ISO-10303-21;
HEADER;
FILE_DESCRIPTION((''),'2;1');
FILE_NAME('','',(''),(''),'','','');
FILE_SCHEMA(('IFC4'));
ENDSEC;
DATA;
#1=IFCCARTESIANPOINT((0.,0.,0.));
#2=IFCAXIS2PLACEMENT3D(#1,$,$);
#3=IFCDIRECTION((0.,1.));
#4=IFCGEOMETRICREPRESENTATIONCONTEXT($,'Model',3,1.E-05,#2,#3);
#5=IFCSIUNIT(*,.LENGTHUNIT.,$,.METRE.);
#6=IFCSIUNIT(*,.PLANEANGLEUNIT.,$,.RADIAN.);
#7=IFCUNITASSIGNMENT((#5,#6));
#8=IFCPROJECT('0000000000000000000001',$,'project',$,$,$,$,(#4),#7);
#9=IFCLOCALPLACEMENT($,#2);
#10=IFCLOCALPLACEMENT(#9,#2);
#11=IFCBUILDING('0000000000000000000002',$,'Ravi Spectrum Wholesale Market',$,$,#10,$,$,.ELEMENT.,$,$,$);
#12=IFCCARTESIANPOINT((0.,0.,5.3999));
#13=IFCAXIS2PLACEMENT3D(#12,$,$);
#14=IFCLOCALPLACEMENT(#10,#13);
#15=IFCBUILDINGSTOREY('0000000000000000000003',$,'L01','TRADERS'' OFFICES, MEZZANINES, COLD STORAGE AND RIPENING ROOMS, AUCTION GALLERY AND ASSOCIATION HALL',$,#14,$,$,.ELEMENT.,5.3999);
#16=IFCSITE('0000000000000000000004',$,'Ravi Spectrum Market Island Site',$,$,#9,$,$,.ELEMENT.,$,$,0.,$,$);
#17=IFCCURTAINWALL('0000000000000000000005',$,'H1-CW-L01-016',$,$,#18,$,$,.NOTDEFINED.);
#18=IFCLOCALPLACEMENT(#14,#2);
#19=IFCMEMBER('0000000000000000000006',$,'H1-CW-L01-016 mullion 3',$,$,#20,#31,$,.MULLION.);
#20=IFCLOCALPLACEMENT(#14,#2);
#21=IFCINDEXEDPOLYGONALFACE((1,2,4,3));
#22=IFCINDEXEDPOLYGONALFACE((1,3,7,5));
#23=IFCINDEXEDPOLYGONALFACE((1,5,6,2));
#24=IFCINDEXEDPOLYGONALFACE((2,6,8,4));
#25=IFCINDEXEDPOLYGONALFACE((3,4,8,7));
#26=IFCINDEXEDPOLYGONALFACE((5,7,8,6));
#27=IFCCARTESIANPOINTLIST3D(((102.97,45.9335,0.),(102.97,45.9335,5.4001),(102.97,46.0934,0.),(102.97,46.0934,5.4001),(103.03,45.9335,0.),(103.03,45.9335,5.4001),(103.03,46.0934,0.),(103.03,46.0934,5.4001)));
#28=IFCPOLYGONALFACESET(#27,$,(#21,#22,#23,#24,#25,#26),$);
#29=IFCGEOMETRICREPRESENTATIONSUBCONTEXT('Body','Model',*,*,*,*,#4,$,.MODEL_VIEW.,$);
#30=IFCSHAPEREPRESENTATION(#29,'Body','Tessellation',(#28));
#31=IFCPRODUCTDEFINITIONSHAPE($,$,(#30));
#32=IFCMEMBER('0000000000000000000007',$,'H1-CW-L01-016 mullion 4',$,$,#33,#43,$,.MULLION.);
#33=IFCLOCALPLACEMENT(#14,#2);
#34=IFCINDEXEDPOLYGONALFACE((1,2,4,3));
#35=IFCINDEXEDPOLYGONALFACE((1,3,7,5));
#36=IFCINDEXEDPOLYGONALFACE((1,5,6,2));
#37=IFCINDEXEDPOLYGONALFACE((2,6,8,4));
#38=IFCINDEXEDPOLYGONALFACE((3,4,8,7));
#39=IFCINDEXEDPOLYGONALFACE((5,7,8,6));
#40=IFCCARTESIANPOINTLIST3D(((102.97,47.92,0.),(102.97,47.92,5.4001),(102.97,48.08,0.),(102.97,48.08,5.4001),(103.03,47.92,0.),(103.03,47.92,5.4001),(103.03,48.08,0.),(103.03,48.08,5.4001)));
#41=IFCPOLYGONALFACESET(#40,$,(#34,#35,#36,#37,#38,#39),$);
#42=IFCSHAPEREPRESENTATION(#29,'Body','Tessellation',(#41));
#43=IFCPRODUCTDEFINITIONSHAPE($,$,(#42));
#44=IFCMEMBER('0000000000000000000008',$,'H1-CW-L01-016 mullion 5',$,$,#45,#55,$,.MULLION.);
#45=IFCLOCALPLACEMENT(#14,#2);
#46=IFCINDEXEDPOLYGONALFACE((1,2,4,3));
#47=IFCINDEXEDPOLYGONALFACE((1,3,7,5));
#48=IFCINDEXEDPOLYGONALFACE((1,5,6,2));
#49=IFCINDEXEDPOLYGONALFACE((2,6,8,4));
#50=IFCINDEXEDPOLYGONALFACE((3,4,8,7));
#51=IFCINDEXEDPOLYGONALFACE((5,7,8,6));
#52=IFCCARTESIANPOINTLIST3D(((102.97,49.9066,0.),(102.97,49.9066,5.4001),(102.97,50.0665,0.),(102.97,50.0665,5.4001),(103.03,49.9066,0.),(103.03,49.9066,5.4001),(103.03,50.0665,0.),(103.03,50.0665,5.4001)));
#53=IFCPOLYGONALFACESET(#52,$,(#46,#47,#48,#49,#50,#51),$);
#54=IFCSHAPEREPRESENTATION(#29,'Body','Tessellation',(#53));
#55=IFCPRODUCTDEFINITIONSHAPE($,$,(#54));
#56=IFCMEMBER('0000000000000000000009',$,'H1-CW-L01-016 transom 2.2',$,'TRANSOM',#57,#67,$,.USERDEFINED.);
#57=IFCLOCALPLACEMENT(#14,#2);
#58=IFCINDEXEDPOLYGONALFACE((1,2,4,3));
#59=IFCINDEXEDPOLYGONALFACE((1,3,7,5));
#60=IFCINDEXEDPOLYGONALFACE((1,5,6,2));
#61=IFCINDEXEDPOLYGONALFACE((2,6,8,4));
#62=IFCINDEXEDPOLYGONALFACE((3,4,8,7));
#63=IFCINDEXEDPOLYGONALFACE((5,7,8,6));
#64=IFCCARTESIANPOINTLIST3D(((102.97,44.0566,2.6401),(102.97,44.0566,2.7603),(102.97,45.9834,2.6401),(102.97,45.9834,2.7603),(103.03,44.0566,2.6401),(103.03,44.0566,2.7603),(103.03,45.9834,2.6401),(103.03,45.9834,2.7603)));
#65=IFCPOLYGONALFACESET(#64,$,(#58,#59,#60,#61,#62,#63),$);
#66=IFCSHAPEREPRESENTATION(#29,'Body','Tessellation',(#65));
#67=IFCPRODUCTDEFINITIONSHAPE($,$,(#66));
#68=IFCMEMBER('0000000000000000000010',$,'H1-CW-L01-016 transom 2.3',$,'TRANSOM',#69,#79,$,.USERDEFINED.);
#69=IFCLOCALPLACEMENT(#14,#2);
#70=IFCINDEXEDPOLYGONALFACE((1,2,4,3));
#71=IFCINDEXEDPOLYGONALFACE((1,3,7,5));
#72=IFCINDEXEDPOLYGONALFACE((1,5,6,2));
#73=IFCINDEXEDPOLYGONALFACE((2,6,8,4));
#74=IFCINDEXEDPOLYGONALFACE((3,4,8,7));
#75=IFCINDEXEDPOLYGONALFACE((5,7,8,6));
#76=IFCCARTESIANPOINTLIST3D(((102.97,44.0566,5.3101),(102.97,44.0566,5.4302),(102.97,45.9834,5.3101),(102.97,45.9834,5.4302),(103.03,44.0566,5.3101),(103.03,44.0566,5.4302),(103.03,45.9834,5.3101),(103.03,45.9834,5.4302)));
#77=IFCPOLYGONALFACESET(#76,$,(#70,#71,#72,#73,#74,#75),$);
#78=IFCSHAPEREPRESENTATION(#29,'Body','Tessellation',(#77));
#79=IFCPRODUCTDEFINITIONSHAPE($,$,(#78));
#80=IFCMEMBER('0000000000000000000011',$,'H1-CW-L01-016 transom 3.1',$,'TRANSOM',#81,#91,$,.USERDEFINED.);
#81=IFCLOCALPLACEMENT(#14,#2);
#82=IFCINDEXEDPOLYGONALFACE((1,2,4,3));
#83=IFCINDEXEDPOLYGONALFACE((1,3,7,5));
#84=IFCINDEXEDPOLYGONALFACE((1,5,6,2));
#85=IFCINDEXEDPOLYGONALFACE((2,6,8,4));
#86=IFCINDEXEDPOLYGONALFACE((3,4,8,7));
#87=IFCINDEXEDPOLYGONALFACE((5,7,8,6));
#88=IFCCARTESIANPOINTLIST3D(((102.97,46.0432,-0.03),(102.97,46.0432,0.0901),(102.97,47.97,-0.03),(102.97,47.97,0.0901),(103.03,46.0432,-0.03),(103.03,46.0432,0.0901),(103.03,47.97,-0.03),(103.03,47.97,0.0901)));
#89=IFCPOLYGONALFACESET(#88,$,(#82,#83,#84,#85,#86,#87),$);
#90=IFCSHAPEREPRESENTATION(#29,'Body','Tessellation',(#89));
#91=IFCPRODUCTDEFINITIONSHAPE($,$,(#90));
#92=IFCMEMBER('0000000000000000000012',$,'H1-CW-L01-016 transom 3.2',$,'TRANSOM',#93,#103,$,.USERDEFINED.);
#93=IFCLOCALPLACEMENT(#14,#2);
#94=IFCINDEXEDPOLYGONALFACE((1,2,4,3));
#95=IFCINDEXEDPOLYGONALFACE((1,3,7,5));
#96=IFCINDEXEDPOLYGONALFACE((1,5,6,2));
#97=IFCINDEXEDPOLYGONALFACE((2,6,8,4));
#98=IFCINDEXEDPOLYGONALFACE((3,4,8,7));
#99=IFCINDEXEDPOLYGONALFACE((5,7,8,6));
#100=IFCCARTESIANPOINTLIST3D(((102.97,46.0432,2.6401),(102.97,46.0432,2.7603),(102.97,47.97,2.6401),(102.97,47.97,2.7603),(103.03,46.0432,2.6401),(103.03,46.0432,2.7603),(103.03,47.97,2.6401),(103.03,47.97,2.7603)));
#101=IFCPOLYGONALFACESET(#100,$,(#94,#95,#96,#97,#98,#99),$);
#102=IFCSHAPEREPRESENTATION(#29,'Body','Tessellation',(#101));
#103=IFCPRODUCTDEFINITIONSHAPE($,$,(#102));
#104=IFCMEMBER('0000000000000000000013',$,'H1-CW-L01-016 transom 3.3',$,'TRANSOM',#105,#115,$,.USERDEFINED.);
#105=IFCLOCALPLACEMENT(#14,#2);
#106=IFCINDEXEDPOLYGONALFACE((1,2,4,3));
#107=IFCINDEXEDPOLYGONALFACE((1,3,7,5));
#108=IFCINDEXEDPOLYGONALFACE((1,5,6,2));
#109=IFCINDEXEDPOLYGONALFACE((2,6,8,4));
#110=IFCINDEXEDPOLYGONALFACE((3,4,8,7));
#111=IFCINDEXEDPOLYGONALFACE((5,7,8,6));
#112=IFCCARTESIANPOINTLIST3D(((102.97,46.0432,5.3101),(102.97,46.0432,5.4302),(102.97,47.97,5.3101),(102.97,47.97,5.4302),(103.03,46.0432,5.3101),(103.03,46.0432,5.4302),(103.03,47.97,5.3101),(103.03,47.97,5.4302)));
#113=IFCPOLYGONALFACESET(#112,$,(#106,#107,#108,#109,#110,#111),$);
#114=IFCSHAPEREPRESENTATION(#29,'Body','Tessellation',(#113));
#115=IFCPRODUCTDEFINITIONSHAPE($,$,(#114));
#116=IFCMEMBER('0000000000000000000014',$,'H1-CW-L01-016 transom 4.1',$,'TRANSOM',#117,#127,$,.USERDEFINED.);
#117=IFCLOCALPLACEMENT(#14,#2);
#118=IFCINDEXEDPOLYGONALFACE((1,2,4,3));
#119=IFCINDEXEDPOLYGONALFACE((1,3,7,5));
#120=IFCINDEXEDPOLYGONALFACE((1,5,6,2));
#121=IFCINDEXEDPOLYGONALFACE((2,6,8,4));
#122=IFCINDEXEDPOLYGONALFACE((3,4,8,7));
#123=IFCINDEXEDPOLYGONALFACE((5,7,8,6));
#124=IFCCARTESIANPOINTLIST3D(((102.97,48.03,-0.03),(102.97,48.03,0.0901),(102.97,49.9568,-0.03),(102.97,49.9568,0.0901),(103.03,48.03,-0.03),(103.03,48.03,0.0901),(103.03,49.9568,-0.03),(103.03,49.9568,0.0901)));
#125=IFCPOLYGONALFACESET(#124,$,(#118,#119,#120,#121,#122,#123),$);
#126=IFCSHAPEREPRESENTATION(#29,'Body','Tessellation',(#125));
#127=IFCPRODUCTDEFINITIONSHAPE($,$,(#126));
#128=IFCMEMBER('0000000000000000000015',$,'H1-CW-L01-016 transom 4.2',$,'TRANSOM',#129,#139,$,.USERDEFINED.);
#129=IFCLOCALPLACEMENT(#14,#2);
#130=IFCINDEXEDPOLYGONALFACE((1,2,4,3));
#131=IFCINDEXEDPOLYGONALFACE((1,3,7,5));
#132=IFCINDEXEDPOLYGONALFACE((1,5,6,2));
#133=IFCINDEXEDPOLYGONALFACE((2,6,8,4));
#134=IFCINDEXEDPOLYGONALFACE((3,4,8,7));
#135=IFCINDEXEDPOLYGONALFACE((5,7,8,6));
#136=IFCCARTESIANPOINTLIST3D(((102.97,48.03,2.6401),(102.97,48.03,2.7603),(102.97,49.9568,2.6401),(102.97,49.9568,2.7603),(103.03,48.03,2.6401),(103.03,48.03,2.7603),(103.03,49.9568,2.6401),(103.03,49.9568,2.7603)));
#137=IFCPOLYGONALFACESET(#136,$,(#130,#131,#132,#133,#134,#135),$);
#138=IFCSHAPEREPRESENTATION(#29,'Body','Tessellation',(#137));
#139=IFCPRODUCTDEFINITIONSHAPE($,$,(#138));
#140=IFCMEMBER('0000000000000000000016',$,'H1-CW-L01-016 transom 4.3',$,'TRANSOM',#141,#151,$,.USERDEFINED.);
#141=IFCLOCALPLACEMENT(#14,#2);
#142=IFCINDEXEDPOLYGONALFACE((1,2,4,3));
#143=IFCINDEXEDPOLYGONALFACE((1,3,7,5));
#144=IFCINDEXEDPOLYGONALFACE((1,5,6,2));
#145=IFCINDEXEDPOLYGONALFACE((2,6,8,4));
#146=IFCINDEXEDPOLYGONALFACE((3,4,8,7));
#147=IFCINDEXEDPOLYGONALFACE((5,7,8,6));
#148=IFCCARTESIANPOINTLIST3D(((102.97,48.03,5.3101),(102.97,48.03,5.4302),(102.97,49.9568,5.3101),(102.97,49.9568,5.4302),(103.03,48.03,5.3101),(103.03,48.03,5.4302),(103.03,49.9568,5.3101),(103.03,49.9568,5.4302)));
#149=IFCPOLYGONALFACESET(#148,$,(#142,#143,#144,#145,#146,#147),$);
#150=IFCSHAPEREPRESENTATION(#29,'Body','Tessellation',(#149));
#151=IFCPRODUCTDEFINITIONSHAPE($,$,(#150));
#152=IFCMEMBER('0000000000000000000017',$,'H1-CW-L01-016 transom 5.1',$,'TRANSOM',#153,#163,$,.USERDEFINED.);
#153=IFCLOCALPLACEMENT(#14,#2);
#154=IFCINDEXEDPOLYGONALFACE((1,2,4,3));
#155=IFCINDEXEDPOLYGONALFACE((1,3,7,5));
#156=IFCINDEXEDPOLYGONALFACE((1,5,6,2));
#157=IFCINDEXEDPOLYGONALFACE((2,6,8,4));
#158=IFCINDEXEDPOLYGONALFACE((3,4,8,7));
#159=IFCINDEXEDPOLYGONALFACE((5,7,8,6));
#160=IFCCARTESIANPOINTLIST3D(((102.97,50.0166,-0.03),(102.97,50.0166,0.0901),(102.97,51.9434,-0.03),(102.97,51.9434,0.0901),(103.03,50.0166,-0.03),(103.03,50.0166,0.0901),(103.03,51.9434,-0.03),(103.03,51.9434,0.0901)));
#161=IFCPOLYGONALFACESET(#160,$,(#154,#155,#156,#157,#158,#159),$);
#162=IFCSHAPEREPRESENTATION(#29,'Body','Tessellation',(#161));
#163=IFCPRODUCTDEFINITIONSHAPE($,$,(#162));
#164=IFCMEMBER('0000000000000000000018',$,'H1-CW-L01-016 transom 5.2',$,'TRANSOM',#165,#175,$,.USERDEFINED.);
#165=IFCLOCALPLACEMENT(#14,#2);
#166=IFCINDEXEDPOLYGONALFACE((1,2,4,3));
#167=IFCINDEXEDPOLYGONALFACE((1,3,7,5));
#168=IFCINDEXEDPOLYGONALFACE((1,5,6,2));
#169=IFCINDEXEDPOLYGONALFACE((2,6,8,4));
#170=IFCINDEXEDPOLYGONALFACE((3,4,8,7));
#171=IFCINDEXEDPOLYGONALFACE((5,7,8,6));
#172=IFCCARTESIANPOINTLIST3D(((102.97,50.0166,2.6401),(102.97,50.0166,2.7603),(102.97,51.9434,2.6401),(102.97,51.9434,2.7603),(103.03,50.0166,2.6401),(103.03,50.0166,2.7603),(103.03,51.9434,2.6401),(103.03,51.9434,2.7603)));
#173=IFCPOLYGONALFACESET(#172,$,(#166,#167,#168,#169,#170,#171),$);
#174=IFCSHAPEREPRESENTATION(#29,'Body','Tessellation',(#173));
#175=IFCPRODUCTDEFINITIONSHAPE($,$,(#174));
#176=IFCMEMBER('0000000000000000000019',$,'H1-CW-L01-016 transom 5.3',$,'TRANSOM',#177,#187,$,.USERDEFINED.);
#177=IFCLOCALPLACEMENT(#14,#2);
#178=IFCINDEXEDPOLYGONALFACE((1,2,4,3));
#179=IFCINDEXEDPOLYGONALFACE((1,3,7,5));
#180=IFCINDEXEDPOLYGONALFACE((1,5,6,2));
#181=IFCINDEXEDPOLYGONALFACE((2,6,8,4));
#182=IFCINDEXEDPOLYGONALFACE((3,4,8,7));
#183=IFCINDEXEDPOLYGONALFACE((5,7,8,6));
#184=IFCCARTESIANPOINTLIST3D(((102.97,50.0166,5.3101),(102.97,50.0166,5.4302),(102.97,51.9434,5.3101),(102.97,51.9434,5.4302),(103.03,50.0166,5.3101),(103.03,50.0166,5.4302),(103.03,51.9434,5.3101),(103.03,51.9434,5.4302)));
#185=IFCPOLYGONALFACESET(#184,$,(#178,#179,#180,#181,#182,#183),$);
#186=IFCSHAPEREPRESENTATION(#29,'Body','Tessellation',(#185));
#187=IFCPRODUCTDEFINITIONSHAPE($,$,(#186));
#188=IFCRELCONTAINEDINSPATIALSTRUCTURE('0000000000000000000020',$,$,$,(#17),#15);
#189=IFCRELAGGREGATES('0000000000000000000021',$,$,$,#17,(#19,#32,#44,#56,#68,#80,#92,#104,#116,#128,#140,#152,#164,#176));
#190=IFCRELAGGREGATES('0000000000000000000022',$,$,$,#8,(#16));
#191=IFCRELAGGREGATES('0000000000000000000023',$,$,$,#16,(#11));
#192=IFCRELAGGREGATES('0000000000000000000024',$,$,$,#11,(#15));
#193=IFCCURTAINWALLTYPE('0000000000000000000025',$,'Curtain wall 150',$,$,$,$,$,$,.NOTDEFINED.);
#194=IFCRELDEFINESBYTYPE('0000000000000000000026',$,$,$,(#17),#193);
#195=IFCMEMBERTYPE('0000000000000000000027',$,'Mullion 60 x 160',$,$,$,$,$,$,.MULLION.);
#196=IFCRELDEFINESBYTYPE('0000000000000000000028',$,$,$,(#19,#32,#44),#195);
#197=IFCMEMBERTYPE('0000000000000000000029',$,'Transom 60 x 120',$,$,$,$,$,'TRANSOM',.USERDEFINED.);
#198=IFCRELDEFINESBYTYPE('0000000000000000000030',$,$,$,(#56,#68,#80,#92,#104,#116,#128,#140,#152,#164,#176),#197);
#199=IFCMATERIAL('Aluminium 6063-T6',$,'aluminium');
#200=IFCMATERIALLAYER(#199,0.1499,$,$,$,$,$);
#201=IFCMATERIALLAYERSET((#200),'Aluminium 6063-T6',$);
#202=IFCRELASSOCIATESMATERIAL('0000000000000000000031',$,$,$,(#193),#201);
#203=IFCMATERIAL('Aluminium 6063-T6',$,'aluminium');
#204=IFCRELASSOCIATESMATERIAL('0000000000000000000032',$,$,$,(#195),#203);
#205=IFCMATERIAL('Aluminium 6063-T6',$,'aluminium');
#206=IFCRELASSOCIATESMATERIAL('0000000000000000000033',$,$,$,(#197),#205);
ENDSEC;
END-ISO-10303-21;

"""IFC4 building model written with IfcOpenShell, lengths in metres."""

from ifc_helpers import new_model, si_unit, direction, frame, origin, origin_2d, place, context, subcontext, project, spatial, rectangle, extrude, material, layer, layer_set, material_profile, profile_set, type_object, element, aggregate, save


model = new_model("IFC4")

# Units and contexts
model_context = context("Model", 3, precision=1e-05, world=origin(), true_north=direction((0.0, 1.0)))
body_context = subcontext(model_context, "Body", "Model", "MODEL_VIEW")
ifc_project = project(units=[si_unit("LENGTHUNIT", "METRE"), si_unit("PLANEANGLEUNIT", "RADIAN")], contexts=[model_context])

# Site, building, storey
site_placement = place(None, origin())
site = spatial("IfcSite", under=ifc_project, at=site_placement, Name="Ravi Spectrum Market Island Site", CompositionType="ELEMENT", RefElevation=0.0)
building_placement = place(site_placement, origin())
building = spatial("IfcBuilding", under=site, at=building_placement, Name="Ravi Spectrum Wholesale Market", CompositionType="ELEMENT")
storey_placement = place(building_placement, frame((0.0, 0.0, 5.3999)))
storey = spatial("IfcBuildingStorey", under=building, at=storey_placement, Name="L01", Description="TRADERS' OFFICES, MEZZANINES, COLD STORAGE AND RIPENING ROOMS, AUCTION GALLERY AND ASSOCIATION HALL", CompositionType="ELEMENT", Elevation=5.3999)

# Curtain wall, members
ifc_material_1 = material(Name="Aluminium 6063-T6", Category="aluminium")
ifc_layer_1 = layer(ifc_material_1, 0.1499)
ifc_layer_set_1 = layer_set([ifc_layer_1], Name="Aluminium 6063-T6")
curtain_wall_type = type_object("IfcCurtainWallType", Name="Curtain wall 150", PredefinedType="NOTDEFINED", material=ifc_layer_set_1)
curtain_wall_placement = place(storey_placement, origin())
curtain_wall = element("IfcCurtainWall", 1, at=curtain_wall_placement, inside=storey, type_object=curtain_wall_type, Name="H1-CW-L01-016", PredefinedType="NOTDEFINED")
ifc_material_2 = material(Name="Aluminium 6063-T6", Category="aluminium")
ifc_material_profile_1 = material_profile(ifc_material_2, rectangle(XDim=0.0601, YDim=0.1599, at=origin_2d()))
ifc_profile_set_1 = profile_set([ifc_material_profile_1], Name="Aluminium 6063-T6")
member_type_1 = type_object("IfcMemberType", Name="Mullion 60 x 160", PredefinedType="MULLION", material=ifc_profile_set_1)
member_1_placement = place(storey_placement, frame((103.0, 46.0134, 0.0), z_axis=(0.0, 0.0, 1.0), x_axis=(-1.0, 0.0, 0.0)))
member_1 = element("IfcMember", 2, at=member_1_placement, type_object=member_type_1, Name="H1-CW-L01-016 mullion 3", PredefinedType="MULLION", context=body_context, shape_type="SweptSolid", body=[
    extrude(rectangle(XDim=0.0601, YDim=0.1599, at=origin_2d()), origin(), (0.0, 0.0, 1.0), 5.4001),
])
member_2_placement = place(storey_placement, frame((103.0, 48.0, 0.0), z_axis=(0.0, 0.0, 1.0), x_axis=(-1.0, 0.0, 0.0)))
member_2 = element("IfcMember", 3, at=member_2_placement, type_object=member_type_1, Name="H1-CW-L01-016 mullion 4", PredefinedType="MULLION", context=body_context, shape_type="SweptSolid", body=[
    extrude(rectangle(XDim=0.0601, YDim=0.1599, at=origin_2d()), origin(), (0.0, 0.0, 1.0), 5.4001),
])
member_3_placement = place(storey_placement, frame((103.0, 49.9866, 0.0), z_axis=(0.0, 0.0, 1.0), x_axis=(-1.0, 0.0, 0.0)))
member_3 = element("IfcMember", 4, at=member_3_placement, type_object=member_type_1, Name="H1-CW-L01-016 mullion 5", PredefinedType="MULLION", context=body_context, shape_type="SweptSolid", body=[
    extrude(rectangle(XDim=0.0601, YDim=0.1599, at=origin_2d()), origin(), (0.0, 0.0, 1.0), 5.4001),
])
ifc_material_3 = material(Name="Aluminium 6063-T6", Category="aluminium")
ifc_material_profile_2 = material_profile(ifc_material_3, rectangle(XDim=0.0601, YDim=0.1201, at=origin_2d()))
ifc_profile_set_2 = profile_set([ifc_material_profile_2], Name="Aluminium 6063-T6")
member_type_2 = type_object("IfcMemberType", Name="Transom 60 x 120", ElementType="TRANSOM", PredefinedType="USERDEFINED", material=ifc_profile_set_2)
member_4_placement = place(storey_placement, frame((103.0, 44.0566, 2.7002), z_axis=(0.0, 1.0, 0.0), x_axis=(-1.0, 0.0, 0.0)))
member_4 = element("IfcMember", 5, at=member_4_placement, type_object=member_type_2, Name="H1-CW-L01-016 transom 2.2", ObjectType="TRANSOM", PredefinedType="USERDEFINED", context=body_context, shape_type="SweptSolid", body=[
    extrude(rectangle(XDim=0.0601, YDim=0.1201, at=origin_2d()), origin(), (0.0, 0.0, 1.0), 1.9268),
])
member_5_placement = place(storey_placement, frame((103.0, 44.0566, 5.3701), z_axis=(0.0, 1.0, 0.0), x_axis=(-1.0, 0.0, 0.0)))
member_5 = element("IfcMember", 6, at=member_5_placement, type_object=member_type_2, Name="H1-CW-L01-016 transom 2.3", ObjectType="TRANSOM", PredefinedType="USERDEFINED", context=body_context, shape_type="SweptSolid", body=[
    extrude(rectangle(XDim=0.0601, YDim=0.1201, at=origin_2d()), origin(), (0.0, 0.0, 1.0), 1.9268),
])
member_6_placement = place(storey_placement, frame((103.0, 46.0432, 0.03), z_axis=(0.0, 1.0, 0.0), x_axis=(-1.0, 0.0, 0.0)))
member_6 = element("IfcMember", 7, at=member_6_placement, type_object=member_type_2, Name="H1-CW-L01-016 transom 3.1", ObjectType="TRANSOM", PredefinedType="USERDEFINED", context=body_context, shape_type="SweptSolid", body=[
    extrude(rectangle(XDim=0.0601, YDim=0.1201, at=origin_2d()), origin(), (0.0, 0.0, 1.0), 1.9268),
])
member_7_placement = place(storey_placement, frame((103.0, 46.0432, 2.7002), z_axis=(0.0, 1.0, 0.0), x_axis=(-1.0, 0.0, 0.0)))
member_7 = element("IfcMember", 8, at=member_7_placement, type_object=member_type_2, Name="H1-CW-L01-016 transom 3.2", ObjectType="TRANSOM", PredefinedType="USERDEFINED", context=body_context, shape_type="SweptSolid", body=[
    extrude(rectangle(XDim=0.0601, YDim=0.1201, at=origin_2d()), origin(), (0.0, 0.0, 1.0), 1.9268),
])
member_8_placement = place(storey_placement, frame((103.0, 46.0432, 5.3701), z_axis=(0.0, 1.0, 0.0), x_axis=(-1.0, 0.0, 0.0)))
member_8 = element("IfcMember", 9, at=member_8_placement, type_object=member_type_2, Name="H1-CW-L01-016 transom 3.3", ObjectType="TRANSOM", PredefinedType="USERDEFINED", context=body_context, shape_type="SweptSolid", body=[
    extrude(rectangle(XDim=0.0601, YDim=0.1201, at=origin_2d()), origin(), (0.0, 0.0, 1.0), 1.9268),
])
member_9_placement = place(storey_placement, frame((103.0, 48.03, 0.03), z_axis=(0.0, 1.0, 0.0), x_axis=(-1.0, 0.0, 0.0)))
member_9 = element("IfcMember", 10, at=member_9_placement, type_object=member_type_2, Name="H1-CW-L01-016 transom 4.1", ObjectType="TRANSOM", PredefinedType="USERDEFINED", context=body_context, shape_type="SweptSolid", body=[
    extrude(rectangle(XDim=0.0601, YDim=0.1201, at=origin_2d()), origin(), (0.0, 0.0, 1.0), 1.9268),
])
member_10_placement = place(storey_placement, frame((103.0, 48.03, 2.7002), z_axis=(0.0, 1.0, 0.0), x_axis=(-1.0, 0.0, 0.0)))
member_10 = element("IfcMember", 11, at=member_10_placement, type_object=member_type_2, Name="H1-CW-L01-016 transom 4.2", ObjectType="TRANSOM", PredefinedType="USERDEFINED", context=body_context, shape_type="SweptSolid", body=[
    extrude(rectangle(XDim=0.0601, YDim=0.1201, at=origin_2d()), origin(), (0.0, 0.0, 1.0), 1.9268),
])
member_11_placement = place(storey_placement, frame((103.0, 48.03, 5.3701), z_axis=(0.0, 1.0, 0.0), x_axis=(-1.0, 0.0, 0.0)))
member_11 = element("IfcMember", 12, at=member_11_placement, type_object=member_type_2, Name="H1-CW-L01-016 transom 4.3", ObjectType="TRANSOM", PredefinedType="USERDEFINED", context=body_context, shape_type="SweptSolid", body=[
    extrude(rectangle(XDim=0.0601, YDim=0.1201, at=origin_2d()), origin(), (0.0, 0.0, 1.0), 1.9268),
])
member_12_placement = place(storey_placement, frame((103.0, 50.0166, 0.03), z_axis=(0.0, 1.0, 0.0), x_axis=(-1.0, 0.0, 0.0)))
member_12 = element("IfcMember", 13, at=member_12_placement, type_object=member_type_2, Name="H1-CW-L01-016 transom 5.1", ObjectType="TRANSOM", PredefinedType="USERDEFINED", context=body_context, shape_type="SweptSolid", body=[
    extrude(rectangle(XDim=0.0601, YDim=0.1201, at=origin_2d()), origin(), (0.0, 0.0, 1.0), 1.9268),
])
member_13_placement = place(storey_placement, frame((103.0, 50.0166, 2.7002), z_axis=(0.0, 1.0, 0.0), x_axis=(-1.0, 0.0, 0.0)))
member_13 = element("IfcMember", 14, at=member_13_placement, type_object=member_type_2, Name="H1-CW-L01-016 transom 5.2", ObjectType="TRANSOM", PredefinedType="USERDEFINED", context=body_context, shape_type="SweptSolid", body=[
    extrude(rectangle(XDim=0.0601, YDim=0.1201, at=origin_2d()), origin(), (0.0, 0.0, 1.0), 1.9268),
])
member_14_placement = place(storey_placement, frame((103.0, 50.0166, 5.3701), z_axis=(0.0, 1.0, 0.0), x_axis=(-1.0, 0.0, 0.0)))
member_14 = element("IfcMember", 15, at=member_14_placement, type_object=member_type_2, Name="H1-CW-L01-016 transom 5.3", ObjectType="TRANSOM", PredefinedType="USERDEFINED", context=body_context, shape_type="SweptSolid", body=[
    extrude(rectangle(XDim=0.0601, YDim=0.1201, at=origin_2d()), origin(), (0.0, 0.0, 1.0), 1.9268),
])
aggregate(curtain_wall, [member_1, member_2, member_3, member_4, member_5, member_6, member_7, member_8, member_9, member_10, member_11, member_12, member_13, member_14])

save(model, "model.ifc")
